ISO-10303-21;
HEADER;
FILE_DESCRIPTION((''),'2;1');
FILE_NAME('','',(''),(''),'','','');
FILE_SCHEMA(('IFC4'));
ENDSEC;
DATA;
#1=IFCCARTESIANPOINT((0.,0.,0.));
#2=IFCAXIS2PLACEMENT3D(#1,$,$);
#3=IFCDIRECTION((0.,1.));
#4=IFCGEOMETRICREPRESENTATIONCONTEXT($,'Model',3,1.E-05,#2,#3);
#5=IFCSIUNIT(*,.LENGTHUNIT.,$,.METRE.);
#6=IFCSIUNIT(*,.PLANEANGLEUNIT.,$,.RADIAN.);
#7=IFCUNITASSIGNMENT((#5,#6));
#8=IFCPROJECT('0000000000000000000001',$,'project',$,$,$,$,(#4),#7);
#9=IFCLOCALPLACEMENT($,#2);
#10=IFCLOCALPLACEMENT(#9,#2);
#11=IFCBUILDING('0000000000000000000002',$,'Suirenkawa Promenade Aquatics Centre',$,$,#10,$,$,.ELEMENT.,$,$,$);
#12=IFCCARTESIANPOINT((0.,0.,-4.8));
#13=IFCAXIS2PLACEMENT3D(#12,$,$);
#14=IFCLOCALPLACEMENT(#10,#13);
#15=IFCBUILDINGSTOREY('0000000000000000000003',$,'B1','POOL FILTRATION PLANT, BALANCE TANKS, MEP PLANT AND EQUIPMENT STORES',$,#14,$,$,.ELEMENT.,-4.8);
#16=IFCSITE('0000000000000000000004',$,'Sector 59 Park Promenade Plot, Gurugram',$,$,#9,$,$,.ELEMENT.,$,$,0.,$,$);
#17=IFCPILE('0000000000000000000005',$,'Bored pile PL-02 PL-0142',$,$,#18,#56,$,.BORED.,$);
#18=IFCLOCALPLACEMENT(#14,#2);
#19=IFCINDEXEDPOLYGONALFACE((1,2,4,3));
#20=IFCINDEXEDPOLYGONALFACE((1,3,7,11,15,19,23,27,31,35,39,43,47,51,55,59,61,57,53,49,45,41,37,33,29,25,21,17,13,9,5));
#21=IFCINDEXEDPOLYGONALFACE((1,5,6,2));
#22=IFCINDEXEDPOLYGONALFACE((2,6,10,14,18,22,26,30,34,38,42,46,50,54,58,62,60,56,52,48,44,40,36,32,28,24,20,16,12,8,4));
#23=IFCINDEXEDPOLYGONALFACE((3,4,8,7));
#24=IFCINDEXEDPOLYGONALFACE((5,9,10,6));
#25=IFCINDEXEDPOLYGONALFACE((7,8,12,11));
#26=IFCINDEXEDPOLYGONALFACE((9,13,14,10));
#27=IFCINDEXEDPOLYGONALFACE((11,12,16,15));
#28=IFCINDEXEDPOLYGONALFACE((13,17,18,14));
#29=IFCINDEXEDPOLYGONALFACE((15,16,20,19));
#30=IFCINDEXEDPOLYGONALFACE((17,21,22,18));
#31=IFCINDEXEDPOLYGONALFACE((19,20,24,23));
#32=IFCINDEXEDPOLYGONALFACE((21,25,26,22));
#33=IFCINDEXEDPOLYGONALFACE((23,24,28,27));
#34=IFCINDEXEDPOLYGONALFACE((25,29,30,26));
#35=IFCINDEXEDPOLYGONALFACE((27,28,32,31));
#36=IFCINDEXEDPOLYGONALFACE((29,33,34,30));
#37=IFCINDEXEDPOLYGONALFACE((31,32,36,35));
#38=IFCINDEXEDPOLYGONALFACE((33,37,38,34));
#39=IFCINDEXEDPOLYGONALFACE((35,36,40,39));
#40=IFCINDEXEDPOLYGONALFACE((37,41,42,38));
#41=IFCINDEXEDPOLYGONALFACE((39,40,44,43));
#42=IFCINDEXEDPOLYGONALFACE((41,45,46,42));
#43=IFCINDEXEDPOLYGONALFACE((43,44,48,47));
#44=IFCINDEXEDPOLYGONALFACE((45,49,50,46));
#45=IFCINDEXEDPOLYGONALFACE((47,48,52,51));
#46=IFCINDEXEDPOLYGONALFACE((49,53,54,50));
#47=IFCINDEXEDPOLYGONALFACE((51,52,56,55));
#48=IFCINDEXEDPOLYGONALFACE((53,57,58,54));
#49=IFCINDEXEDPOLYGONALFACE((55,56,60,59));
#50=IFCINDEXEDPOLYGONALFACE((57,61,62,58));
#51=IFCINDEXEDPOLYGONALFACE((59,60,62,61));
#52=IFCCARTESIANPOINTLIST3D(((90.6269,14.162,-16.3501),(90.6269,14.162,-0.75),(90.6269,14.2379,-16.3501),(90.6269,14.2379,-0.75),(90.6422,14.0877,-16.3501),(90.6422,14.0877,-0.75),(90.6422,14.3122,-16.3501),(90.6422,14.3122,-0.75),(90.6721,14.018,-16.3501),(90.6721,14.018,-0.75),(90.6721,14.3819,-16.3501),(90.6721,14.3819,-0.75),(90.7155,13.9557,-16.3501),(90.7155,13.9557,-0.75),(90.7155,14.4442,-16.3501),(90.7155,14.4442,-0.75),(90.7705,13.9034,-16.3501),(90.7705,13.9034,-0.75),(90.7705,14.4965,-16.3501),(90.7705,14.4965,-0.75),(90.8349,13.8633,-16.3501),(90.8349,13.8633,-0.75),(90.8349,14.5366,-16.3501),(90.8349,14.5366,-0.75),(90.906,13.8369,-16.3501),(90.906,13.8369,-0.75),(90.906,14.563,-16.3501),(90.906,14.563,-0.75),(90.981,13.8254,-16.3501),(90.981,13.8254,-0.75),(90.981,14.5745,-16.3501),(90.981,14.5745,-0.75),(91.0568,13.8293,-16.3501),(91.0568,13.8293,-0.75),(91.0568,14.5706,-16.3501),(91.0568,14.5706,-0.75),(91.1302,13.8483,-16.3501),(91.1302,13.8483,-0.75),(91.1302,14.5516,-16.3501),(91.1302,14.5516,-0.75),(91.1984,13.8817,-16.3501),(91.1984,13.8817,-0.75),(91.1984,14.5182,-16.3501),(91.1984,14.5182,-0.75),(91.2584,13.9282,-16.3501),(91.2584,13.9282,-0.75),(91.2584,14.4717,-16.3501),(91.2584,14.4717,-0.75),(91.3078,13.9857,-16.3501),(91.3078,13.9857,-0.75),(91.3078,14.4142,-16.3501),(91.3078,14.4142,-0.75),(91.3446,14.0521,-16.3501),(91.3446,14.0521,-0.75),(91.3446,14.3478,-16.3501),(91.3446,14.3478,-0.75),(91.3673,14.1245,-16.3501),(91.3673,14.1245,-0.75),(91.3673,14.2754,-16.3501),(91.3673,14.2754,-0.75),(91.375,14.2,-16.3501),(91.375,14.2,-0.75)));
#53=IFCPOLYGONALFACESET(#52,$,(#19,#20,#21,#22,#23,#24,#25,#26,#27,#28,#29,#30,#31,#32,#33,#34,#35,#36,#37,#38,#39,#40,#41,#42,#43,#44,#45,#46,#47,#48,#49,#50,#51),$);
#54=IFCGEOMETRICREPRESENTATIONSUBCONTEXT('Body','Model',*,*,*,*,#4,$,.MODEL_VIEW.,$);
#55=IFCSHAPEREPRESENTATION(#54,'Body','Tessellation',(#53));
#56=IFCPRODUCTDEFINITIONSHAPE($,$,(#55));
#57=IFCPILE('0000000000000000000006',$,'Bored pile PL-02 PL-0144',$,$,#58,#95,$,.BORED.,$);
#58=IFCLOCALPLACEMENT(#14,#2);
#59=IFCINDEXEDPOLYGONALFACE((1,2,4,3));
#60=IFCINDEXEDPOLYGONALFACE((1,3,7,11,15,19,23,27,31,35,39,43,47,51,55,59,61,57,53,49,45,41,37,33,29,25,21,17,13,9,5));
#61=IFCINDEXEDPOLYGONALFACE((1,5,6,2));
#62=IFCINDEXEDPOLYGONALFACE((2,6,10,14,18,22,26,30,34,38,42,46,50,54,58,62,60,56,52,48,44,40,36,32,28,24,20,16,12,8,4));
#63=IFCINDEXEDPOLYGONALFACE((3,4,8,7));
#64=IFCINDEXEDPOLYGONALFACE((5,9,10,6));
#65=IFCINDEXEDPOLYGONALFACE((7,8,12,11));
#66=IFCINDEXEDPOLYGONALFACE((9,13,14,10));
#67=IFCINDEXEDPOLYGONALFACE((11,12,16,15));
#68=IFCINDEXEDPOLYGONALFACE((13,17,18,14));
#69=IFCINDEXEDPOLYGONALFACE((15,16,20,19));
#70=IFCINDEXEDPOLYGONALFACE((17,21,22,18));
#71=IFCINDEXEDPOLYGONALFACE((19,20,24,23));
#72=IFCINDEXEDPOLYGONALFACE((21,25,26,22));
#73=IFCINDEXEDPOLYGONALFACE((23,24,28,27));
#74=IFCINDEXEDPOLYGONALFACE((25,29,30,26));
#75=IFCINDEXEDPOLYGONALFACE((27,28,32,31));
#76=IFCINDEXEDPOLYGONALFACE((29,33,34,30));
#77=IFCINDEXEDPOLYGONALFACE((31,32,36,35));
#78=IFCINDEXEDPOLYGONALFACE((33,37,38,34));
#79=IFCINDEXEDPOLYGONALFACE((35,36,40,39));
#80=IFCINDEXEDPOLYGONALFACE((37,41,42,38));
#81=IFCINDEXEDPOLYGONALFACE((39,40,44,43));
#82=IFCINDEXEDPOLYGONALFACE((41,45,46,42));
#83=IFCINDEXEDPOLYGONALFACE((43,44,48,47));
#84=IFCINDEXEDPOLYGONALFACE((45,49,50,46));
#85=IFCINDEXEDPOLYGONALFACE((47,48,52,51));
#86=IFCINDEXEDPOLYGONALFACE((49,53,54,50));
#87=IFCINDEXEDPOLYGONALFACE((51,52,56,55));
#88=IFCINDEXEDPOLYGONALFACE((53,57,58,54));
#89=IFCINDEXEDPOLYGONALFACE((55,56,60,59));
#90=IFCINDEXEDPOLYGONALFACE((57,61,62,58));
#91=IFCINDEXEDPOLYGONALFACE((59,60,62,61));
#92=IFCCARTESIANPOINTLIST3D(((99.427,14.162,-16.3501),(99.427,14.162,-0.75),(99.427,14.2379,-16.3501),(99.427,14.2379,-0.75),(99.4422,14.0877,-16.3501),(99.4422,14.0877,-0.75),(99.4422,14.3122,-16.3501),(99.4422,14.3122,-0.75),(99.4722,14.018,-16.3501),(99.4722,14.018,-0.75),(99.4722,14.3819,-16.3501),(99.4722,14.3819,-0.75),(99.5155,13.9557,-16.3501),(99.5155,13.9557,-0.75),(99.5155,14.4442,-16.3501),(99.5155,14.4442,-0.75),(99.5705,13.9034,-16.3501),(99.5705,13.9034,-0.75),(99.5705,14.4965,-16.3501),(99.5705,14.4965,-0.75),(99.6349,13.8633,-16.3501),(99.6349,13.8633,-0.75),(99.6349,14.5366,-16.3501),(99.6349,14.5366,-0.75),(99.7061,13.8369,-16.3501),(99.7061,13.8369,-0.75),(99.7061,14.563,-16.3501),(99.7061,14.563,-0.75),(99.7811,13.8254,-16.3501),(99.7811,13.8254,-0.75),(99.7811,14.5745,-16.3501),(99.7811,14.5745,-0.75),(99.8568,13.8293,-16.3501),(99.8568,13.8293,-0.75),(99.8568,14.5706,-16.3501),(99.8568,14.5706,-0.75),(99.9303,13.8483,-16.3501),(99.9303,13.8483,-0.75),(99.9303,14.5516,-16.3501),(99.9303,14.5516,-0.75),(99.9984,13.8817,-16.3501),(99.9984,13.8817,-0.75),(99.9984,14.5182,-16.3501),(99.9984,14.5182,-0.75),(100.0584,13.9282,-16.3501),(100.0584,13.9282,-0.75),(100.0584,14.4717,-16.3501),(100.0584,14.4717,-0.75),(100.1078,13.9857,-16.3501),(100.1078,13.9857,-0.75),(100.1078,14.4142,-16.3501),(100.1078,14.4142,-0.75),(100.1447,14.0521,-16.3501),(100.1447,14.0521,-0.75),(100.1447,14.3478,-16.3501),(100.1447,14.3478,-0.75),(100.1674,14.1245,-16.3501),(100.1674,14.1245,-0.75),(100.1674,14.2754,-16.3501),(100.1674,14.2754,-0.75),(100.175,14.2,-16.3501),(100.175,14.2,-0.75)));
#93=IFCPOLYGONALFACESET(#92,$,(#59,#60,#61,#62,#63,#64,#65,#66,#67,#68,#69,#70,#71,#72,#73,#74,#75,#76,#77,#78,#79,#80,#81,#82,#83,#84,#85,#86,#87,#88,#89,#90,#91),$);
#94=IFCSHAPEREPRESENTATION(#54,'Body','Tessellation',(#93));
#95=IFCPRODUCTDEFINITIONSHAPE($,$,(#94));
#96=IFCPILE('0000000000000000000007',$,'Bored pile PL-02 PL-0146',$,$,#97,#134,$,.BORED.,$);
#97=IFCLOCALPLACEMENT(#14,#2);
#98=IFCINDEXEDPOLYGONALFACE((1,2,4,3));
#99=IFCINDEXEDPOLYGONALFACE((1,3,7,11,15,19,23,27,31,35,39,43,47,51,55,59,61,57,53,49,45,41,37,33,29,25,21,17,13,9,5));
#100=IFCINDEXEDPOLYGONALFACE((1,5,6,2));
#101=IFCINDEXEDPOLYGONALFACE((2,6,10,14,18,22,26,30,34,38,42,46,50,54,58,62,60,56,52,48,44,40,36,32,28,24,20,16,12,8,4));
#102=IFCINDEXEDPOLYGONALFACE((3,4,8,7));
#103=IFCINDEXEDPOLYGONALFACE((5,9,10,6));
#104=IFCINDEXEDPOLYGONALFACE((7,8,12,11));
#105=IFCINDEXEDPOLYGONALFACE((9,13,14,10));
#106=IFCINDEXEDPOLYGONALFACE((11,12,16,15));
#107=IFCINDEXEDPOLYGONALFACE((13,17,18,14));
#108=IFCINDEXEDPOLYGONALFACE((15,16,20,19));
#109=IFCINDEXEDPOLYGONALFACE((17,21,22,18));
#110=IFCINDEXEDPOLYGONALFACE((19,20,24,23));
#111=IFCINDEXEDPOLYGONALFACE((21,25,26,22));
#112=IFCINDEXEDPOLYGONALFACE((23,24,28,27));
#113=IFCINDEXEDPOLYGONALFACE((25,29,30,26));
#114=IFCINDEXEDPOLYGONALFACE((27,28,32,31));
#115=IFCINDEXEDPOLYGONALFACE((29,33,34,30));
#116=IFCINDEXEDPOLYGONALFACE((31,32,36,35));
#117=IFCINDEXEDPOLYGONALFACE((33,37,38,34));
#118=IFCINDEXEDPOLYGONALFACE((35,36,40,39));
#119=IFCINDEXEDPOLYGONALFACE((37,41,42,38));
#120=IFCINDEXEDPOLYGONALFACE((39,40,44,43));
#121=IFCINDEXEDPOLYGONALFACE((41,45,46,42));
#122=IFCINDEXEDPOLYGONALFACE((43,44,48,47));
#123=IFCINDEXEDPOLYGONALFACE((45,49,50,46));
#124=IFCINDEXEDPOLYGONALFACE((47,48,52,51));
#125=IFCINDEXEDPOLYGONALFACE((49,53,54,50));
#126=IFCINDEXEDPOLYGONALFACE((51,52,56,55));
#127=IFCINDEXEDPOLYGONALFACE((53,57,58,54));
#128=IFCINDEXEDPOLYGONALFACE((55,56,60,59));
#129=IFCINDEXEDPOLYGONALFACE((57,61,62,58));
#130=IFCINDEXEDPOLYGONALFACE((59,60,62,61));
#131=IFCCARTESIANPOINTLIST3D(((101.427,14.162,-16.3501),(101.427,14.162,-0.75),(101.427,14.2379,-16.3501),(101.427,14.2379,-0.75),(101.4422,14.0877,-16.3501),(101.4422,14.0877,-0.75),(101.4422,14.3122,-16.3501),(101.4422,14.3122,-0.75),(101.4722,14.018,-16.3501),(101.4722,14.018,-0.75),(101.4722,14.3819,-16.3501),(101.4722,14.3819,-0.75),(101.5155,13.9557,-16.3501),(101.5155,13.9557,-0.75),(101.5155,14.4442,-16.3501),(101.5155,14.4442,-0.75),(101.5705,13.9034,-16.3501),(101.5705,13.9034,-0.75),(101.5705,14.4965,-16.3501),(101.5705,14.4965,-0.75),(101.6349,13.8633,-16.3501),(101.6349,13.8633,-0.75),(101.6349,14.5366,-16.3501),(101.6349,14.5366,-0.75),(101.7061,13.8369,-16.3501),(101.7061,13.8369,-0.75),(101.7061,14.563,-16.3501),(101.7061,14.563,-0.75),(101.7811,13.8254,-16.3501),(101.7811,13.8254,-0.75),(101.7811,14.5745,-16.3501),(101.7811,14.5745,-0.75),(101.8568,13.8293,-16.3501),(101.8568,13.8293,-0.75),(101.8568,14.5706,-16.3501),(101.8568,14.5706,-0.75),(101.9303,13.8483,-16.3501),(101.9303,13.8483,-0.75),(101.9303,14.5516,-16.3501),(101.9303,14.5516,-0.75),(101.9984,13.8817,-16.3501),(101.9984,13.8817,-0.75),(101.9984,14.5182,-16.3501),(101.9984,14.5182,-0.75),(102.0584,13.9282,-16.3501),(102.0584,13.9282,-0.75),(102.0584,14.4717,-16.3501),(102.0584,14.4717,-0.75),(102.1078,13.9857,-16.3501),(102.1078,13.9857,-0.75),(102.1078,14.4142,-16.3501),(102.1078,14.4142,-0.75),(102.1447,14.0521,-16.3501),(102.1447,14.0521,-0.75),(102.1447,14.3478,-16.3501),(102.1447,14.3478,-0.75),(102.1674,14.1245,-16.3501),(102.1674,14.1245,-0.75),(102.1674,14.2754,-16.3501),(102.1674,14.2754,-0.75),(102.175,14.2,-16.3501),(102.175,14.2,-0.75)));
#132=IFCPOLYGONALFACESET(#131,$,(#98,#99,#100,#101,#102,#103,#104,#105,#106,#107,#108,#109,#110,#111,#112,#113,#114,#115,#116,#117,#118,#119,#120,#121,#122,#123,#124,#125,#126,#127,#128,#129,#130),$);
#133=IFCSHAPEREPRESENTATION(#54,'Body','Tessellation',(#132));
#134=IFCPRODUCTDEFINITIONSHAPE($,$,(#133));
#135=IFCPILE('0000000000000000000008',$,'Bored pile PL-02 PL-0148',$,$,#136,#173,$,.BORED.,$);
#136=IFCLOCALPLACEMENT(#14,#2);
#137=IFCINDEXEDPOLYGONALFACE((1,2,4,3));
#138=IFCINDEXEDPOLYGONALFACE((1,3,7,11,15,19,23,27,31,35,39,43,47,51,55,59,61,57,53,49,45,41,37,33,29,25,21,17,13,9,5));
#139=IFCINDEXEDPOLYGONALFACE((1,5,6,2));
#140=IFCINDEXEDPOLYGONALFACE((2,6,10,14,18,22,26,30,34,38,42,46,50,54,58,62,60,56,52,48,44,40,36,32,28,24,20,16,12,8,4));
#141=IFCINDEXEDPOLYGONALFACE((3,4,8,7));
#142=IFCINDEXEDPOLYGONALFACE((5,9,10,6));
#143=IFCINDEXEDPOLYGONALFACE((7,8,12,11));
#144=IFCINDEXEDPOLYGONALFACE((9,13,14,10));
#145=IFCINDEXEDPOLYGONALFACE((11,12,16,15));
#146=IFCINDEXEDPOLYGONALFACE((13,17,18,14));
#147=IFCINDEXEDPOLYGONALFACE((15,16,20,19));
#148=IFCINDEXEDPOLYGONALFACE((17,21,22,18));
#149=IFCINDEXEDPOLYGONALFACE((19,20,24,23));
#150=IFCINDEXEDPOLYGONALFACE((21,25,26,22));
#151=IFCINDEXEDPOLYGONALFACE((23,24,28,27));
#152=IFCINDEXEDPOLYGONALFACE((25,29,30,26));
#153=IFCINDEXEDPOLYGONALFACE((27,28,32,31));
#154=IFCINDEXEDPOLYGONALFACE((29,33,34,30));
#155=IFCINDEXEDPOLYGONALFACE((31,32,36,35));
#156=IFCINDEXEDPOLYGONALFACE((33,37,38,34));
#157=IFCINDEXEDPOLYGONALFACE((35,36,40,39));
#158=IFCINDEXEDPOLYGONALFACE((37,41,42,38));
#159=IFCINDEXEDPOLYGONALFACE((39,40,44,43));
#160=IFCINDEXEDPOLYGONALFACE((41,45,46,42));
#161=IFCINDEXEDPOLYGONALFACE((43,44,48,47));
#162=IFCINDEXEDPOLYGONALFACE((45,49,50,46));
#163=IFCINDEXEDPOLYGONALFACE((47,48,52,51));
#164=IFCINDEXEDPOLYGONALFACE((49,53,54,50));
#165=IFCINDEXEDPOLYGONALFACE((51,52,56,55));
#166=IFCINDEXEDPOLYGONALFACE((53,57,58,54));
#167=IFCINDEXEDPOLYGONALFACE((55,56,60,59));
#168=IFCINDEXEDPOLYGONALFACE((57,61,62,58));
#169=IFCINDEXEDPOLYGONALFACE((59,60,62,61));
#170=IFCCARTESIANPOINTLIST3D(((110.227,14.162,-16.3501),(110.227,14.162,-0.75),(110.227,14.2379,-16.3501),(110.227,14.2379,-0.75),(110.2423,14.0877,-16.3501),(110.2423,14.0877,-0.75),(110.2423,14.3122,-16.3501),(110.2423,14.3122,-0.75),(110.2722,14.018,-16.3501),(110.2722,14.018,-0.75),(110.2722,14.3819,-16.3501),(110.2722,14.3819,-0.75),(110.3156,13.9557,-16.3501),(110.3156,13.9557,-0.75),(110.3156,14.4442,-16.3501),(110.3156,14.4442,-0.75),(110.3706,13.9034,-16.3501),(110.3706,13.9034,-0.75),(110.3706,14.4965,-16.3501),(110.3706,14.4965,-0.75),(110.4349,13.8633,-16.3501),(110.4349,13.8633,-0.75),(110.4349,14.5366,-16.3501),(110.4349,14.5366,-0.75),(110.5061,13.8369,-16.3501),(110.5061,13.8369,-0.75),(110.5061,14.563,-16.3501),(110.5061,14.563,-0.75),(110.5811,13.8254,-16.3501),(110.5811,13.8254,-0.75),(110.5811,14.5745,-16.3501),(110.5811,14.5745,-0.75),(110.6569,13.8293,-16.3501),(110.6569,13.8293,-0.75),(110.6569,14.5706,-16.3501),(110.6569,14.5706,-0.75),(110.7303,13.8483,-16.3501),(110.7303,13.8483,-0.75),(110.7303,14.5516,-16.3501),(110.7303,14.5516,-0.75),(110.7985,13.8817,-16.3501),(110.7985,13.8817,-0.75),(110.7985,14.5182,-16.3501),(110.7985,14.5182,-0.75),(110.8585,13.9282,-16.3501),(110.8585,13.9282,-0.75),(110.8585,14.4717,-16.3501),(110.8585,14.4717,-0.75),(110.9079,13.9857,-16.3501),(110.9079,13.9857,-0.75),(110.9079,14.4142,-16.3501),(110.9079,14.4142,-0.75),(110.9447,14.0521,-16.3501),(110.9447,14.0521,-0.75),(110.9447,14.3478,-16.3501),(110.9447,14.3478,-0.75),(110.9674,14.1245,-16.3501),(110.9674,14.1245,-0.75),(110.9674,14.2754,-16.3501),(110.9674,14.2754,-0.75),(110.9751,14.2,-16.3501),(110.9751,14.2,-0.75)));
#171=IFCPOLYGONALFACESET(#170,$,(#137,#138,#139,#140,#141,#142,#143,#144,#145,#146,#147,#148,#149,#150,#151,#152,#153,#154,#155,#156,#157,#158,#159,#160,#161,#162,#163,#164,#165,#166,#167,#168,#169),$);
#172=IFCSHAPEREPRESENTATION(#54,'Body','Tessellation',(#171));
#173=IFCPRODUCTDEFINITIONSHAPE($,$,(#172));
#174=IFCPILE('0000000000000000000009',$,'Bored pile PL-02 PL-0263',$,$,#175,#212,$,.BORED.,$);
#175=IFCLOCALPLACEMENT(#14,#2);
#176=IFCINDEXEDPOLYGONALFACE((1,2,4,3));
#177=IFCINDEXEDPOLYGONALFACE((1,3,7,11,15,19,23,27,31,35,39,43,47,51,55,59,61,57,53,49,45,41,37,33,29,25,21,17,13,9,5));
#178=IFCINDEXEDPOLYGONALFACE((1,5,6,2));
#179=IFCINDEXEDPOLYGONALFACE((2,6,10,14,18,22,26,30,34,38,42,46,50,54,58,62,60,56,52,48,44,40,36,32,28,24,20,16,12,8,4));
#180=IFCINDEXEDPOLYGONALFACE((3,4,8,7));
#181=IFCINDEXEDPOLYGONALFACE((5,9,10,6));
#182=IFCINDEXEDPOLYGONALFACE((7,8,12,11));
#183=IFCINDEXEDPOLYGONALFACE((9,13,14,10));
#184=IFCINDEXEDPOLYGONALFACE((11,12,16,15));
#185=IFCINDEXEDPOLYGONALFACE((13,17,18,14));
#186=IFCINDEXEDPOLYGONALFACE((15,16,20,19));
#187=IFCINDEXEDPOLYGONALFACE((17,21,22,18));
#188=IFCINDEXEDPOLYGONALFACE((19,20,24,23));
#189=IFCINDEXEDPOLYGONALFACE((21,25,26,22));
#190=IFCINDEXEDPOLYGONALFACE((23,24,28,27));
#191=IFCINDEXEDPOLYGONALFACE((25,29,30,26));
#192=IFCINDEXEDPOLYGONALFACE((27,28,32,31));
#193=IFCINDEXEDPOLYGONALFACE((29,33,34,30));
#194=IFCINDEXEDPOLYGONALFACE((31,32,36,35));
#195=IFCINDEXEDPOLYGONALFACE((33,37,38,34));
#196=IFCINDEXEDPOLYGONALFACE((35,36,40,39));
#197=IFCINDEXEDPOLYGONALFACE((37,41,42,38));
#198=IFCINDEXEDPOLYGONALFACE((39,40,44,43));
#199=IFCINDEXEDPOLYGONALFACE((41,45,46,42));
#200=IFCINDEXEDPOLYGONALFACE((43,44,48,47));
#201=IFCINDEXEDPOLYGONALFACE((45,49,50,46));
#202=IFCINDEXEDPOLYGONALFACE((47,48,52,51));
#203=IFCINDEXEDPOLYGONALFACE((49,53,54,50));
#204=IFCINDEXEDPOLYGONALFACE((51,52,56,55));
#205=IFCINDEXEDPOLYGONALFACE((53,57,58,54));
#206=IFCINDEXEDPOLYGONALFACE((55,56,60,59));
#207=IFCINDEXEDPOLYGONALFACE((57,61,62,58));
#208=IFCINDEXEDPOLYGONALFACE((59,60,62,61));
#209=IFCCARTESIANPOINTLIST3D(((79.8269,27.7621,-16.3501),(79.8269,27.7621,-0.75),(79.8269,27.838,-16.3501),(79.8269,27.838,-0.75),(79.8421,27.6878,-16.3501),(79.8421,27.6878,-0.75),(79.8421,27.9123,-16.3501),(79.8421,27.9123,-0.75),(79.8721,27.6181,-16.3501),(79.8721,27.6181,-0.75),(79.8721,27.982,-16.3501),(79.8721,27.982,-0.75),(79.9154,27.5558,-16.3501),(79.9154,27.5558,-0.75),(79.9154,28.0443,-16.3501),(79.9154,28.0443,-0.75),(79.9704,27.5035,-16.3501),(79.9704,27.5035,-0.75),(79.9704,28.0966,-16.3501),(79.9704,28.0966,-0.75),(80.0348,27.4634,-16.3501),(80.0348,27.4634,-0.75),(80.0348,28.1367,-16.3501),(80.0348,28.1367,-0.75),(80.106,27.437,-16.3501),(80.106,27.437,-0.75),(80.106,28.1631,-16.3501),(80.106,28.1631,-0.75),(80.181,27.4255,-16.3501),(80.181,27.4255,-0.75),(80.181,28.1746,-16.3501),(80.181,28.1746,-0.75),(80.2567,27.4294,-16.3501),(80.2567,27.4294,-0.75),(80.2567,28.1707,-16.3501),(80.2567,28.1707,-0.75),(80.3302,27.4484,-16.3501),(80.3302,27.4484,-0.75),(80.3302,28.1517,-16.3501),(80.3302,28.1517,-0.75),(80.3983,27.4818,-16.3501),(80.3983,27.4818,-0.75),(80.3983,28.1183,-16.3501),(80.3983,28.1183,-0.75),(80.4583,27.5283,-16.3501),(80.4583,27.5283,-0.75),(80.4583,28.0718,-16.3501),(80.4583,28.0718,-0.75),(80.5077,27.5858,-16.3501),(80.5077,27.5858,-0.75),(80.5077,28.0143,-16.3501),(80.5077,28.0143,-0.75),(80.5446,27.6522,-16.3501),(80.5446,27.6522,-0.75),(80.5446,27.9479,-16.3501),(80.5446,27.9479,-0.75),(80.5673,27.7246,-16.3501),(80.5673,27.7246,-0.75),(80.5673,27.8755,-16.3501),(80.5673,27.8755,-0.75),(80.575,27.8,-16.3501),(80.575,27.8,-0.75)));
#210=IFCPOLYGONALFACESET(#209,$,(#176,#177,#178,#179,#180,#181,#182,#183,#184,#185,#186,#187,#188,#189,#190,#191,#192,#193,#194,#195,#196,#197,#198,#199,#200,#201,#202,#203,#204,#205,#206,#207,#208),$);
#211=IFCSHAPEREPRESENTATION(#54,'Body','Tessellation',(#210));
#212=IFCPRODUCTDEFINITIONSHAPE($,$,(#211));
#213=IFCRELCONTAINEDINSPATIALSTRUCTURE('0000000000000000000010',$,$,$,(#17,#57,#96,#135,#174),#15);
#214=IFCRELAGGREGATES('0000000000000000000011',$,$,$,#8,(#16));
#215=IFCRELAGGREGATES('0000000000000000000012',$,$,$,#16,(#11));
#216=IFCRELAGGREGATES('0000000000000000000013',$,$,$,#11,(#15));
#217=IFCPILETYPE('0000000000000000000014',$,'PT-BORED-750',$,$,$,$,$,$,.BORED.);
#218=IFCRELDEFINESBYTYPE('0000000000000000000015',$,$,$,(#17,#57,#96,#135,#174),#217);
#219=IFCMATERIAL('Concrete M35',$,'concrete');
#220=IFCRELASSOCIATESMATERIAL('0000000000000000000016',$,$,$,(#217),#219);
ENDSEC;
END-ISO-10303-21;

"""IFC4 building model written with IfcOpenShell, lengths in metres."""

from ifc_helpers import new_model, si_unit, direction, frame, origin, origin_2d, place, context, subcontext, project, spatial, circle, extrude, material, material_profile, profile_set, type_object, element, save


model = new_model("IFC4")

# Units and contexts
model_context = context("Model", 3, precision=1e-05, world=origin(), true_north=direction((0.0, 1.0)))
body_context = subcontext(model_context, "Body", "Model", "MODEL_VIEW")
ifc_project = project(units=[si_unit("LENGTHUNIT", "METRE"), si_unit("PLANEANGLEUNIT", "RADIAN")], contexts=[model_context])

# Site, building, storey
site_placement = place(None, origin())
site = spatial("IfcSite", under=ifc_project, at=site_placement, Name="Sector 59 Park Promenade Plot, Gurugram", CompositionType="ELEMENT", RefElevation=0.0)
building_placement = place(site_placement, origin())
building = spatial("IfcBuilding", under=site, at=building_placement, Name="Suirenkawa Promenade Aquatics Centre", CompositionType="ELEMENT")
storey_placement = place(building_placement, frame((0.0, 0.0, -4.8)))
storey = spatial("IfcBuildingStorey", under=building, at=storey_placement, Name="B1", Description="POOL FILTRATION PLANT, BALANCE TANKS, MEP PLANT AND EQUIPMENT STORES", CompositionType="ELEMENT", Elevation=-4.8)

# Shared definitions
ifc_material_1 = material(Name="Concrete M35", Category="concrete")

# Piles
ifc_material_profile_1 = material_profile(ifc_material_1, circle(Radius=0.375, at=origin_2d()), Name="PILE D750", Category="concrete")
ifc_profile_set_1 = profile_set([ifc_material_profile_1], Name="Concrete M35")
pile_type_1 = type_object("IfcPileType", Name="PT-BORED-750", PredefinedType="BORED", material=ifc_profile_set_1)
for number, where, z_axis, x_axis, name in (
    (1, (91.0, 14.2, -0.75), (0.0, 0.0, -1.0), (1.0, 0.0, 0.0), "Bored pile PL-02 PL-0142"),
    (2, (99.8, 14.2, -0.75), (0.0, 0.0, -1.0), (1.0, 0.0, 0.0), "Bored pile PL-02 PL-0144"),
    (3, (101.8, 14.2, -0.75), (0.0, 0.0, -1.0), (1.0, 0.0, 0.0), "Bored pile PL-02 PL-0146"),
    (4, (110.6001, 14.2, -0.75), (0.0, 0.0, -1.0), (1.0, 0.0, 0.0), "Bored pile PL-02 PL-0148"),
    (5, (80.2, 27.8, -0.75), (0.0, 0.0, -1.0), (1.0, 0.0, 0.0), "Bored pile PL-02 PL-0263"),
):
    element("IfcPile", number, at=place(storey_placement, frame(where, z_axis=z_axis, x_axis=x_axis)), inside=storey, type_object=pile_type_1, Name=name, PredefinedType="BORED", context=body_context, shape_type="SweptSolid", body=[
        extrude(circle(Radius=0.375, at=origin_2d()), origin(), (0.0, 0.0, 1.0), 15.6001),
    ])

save(model, "model.ifc")
